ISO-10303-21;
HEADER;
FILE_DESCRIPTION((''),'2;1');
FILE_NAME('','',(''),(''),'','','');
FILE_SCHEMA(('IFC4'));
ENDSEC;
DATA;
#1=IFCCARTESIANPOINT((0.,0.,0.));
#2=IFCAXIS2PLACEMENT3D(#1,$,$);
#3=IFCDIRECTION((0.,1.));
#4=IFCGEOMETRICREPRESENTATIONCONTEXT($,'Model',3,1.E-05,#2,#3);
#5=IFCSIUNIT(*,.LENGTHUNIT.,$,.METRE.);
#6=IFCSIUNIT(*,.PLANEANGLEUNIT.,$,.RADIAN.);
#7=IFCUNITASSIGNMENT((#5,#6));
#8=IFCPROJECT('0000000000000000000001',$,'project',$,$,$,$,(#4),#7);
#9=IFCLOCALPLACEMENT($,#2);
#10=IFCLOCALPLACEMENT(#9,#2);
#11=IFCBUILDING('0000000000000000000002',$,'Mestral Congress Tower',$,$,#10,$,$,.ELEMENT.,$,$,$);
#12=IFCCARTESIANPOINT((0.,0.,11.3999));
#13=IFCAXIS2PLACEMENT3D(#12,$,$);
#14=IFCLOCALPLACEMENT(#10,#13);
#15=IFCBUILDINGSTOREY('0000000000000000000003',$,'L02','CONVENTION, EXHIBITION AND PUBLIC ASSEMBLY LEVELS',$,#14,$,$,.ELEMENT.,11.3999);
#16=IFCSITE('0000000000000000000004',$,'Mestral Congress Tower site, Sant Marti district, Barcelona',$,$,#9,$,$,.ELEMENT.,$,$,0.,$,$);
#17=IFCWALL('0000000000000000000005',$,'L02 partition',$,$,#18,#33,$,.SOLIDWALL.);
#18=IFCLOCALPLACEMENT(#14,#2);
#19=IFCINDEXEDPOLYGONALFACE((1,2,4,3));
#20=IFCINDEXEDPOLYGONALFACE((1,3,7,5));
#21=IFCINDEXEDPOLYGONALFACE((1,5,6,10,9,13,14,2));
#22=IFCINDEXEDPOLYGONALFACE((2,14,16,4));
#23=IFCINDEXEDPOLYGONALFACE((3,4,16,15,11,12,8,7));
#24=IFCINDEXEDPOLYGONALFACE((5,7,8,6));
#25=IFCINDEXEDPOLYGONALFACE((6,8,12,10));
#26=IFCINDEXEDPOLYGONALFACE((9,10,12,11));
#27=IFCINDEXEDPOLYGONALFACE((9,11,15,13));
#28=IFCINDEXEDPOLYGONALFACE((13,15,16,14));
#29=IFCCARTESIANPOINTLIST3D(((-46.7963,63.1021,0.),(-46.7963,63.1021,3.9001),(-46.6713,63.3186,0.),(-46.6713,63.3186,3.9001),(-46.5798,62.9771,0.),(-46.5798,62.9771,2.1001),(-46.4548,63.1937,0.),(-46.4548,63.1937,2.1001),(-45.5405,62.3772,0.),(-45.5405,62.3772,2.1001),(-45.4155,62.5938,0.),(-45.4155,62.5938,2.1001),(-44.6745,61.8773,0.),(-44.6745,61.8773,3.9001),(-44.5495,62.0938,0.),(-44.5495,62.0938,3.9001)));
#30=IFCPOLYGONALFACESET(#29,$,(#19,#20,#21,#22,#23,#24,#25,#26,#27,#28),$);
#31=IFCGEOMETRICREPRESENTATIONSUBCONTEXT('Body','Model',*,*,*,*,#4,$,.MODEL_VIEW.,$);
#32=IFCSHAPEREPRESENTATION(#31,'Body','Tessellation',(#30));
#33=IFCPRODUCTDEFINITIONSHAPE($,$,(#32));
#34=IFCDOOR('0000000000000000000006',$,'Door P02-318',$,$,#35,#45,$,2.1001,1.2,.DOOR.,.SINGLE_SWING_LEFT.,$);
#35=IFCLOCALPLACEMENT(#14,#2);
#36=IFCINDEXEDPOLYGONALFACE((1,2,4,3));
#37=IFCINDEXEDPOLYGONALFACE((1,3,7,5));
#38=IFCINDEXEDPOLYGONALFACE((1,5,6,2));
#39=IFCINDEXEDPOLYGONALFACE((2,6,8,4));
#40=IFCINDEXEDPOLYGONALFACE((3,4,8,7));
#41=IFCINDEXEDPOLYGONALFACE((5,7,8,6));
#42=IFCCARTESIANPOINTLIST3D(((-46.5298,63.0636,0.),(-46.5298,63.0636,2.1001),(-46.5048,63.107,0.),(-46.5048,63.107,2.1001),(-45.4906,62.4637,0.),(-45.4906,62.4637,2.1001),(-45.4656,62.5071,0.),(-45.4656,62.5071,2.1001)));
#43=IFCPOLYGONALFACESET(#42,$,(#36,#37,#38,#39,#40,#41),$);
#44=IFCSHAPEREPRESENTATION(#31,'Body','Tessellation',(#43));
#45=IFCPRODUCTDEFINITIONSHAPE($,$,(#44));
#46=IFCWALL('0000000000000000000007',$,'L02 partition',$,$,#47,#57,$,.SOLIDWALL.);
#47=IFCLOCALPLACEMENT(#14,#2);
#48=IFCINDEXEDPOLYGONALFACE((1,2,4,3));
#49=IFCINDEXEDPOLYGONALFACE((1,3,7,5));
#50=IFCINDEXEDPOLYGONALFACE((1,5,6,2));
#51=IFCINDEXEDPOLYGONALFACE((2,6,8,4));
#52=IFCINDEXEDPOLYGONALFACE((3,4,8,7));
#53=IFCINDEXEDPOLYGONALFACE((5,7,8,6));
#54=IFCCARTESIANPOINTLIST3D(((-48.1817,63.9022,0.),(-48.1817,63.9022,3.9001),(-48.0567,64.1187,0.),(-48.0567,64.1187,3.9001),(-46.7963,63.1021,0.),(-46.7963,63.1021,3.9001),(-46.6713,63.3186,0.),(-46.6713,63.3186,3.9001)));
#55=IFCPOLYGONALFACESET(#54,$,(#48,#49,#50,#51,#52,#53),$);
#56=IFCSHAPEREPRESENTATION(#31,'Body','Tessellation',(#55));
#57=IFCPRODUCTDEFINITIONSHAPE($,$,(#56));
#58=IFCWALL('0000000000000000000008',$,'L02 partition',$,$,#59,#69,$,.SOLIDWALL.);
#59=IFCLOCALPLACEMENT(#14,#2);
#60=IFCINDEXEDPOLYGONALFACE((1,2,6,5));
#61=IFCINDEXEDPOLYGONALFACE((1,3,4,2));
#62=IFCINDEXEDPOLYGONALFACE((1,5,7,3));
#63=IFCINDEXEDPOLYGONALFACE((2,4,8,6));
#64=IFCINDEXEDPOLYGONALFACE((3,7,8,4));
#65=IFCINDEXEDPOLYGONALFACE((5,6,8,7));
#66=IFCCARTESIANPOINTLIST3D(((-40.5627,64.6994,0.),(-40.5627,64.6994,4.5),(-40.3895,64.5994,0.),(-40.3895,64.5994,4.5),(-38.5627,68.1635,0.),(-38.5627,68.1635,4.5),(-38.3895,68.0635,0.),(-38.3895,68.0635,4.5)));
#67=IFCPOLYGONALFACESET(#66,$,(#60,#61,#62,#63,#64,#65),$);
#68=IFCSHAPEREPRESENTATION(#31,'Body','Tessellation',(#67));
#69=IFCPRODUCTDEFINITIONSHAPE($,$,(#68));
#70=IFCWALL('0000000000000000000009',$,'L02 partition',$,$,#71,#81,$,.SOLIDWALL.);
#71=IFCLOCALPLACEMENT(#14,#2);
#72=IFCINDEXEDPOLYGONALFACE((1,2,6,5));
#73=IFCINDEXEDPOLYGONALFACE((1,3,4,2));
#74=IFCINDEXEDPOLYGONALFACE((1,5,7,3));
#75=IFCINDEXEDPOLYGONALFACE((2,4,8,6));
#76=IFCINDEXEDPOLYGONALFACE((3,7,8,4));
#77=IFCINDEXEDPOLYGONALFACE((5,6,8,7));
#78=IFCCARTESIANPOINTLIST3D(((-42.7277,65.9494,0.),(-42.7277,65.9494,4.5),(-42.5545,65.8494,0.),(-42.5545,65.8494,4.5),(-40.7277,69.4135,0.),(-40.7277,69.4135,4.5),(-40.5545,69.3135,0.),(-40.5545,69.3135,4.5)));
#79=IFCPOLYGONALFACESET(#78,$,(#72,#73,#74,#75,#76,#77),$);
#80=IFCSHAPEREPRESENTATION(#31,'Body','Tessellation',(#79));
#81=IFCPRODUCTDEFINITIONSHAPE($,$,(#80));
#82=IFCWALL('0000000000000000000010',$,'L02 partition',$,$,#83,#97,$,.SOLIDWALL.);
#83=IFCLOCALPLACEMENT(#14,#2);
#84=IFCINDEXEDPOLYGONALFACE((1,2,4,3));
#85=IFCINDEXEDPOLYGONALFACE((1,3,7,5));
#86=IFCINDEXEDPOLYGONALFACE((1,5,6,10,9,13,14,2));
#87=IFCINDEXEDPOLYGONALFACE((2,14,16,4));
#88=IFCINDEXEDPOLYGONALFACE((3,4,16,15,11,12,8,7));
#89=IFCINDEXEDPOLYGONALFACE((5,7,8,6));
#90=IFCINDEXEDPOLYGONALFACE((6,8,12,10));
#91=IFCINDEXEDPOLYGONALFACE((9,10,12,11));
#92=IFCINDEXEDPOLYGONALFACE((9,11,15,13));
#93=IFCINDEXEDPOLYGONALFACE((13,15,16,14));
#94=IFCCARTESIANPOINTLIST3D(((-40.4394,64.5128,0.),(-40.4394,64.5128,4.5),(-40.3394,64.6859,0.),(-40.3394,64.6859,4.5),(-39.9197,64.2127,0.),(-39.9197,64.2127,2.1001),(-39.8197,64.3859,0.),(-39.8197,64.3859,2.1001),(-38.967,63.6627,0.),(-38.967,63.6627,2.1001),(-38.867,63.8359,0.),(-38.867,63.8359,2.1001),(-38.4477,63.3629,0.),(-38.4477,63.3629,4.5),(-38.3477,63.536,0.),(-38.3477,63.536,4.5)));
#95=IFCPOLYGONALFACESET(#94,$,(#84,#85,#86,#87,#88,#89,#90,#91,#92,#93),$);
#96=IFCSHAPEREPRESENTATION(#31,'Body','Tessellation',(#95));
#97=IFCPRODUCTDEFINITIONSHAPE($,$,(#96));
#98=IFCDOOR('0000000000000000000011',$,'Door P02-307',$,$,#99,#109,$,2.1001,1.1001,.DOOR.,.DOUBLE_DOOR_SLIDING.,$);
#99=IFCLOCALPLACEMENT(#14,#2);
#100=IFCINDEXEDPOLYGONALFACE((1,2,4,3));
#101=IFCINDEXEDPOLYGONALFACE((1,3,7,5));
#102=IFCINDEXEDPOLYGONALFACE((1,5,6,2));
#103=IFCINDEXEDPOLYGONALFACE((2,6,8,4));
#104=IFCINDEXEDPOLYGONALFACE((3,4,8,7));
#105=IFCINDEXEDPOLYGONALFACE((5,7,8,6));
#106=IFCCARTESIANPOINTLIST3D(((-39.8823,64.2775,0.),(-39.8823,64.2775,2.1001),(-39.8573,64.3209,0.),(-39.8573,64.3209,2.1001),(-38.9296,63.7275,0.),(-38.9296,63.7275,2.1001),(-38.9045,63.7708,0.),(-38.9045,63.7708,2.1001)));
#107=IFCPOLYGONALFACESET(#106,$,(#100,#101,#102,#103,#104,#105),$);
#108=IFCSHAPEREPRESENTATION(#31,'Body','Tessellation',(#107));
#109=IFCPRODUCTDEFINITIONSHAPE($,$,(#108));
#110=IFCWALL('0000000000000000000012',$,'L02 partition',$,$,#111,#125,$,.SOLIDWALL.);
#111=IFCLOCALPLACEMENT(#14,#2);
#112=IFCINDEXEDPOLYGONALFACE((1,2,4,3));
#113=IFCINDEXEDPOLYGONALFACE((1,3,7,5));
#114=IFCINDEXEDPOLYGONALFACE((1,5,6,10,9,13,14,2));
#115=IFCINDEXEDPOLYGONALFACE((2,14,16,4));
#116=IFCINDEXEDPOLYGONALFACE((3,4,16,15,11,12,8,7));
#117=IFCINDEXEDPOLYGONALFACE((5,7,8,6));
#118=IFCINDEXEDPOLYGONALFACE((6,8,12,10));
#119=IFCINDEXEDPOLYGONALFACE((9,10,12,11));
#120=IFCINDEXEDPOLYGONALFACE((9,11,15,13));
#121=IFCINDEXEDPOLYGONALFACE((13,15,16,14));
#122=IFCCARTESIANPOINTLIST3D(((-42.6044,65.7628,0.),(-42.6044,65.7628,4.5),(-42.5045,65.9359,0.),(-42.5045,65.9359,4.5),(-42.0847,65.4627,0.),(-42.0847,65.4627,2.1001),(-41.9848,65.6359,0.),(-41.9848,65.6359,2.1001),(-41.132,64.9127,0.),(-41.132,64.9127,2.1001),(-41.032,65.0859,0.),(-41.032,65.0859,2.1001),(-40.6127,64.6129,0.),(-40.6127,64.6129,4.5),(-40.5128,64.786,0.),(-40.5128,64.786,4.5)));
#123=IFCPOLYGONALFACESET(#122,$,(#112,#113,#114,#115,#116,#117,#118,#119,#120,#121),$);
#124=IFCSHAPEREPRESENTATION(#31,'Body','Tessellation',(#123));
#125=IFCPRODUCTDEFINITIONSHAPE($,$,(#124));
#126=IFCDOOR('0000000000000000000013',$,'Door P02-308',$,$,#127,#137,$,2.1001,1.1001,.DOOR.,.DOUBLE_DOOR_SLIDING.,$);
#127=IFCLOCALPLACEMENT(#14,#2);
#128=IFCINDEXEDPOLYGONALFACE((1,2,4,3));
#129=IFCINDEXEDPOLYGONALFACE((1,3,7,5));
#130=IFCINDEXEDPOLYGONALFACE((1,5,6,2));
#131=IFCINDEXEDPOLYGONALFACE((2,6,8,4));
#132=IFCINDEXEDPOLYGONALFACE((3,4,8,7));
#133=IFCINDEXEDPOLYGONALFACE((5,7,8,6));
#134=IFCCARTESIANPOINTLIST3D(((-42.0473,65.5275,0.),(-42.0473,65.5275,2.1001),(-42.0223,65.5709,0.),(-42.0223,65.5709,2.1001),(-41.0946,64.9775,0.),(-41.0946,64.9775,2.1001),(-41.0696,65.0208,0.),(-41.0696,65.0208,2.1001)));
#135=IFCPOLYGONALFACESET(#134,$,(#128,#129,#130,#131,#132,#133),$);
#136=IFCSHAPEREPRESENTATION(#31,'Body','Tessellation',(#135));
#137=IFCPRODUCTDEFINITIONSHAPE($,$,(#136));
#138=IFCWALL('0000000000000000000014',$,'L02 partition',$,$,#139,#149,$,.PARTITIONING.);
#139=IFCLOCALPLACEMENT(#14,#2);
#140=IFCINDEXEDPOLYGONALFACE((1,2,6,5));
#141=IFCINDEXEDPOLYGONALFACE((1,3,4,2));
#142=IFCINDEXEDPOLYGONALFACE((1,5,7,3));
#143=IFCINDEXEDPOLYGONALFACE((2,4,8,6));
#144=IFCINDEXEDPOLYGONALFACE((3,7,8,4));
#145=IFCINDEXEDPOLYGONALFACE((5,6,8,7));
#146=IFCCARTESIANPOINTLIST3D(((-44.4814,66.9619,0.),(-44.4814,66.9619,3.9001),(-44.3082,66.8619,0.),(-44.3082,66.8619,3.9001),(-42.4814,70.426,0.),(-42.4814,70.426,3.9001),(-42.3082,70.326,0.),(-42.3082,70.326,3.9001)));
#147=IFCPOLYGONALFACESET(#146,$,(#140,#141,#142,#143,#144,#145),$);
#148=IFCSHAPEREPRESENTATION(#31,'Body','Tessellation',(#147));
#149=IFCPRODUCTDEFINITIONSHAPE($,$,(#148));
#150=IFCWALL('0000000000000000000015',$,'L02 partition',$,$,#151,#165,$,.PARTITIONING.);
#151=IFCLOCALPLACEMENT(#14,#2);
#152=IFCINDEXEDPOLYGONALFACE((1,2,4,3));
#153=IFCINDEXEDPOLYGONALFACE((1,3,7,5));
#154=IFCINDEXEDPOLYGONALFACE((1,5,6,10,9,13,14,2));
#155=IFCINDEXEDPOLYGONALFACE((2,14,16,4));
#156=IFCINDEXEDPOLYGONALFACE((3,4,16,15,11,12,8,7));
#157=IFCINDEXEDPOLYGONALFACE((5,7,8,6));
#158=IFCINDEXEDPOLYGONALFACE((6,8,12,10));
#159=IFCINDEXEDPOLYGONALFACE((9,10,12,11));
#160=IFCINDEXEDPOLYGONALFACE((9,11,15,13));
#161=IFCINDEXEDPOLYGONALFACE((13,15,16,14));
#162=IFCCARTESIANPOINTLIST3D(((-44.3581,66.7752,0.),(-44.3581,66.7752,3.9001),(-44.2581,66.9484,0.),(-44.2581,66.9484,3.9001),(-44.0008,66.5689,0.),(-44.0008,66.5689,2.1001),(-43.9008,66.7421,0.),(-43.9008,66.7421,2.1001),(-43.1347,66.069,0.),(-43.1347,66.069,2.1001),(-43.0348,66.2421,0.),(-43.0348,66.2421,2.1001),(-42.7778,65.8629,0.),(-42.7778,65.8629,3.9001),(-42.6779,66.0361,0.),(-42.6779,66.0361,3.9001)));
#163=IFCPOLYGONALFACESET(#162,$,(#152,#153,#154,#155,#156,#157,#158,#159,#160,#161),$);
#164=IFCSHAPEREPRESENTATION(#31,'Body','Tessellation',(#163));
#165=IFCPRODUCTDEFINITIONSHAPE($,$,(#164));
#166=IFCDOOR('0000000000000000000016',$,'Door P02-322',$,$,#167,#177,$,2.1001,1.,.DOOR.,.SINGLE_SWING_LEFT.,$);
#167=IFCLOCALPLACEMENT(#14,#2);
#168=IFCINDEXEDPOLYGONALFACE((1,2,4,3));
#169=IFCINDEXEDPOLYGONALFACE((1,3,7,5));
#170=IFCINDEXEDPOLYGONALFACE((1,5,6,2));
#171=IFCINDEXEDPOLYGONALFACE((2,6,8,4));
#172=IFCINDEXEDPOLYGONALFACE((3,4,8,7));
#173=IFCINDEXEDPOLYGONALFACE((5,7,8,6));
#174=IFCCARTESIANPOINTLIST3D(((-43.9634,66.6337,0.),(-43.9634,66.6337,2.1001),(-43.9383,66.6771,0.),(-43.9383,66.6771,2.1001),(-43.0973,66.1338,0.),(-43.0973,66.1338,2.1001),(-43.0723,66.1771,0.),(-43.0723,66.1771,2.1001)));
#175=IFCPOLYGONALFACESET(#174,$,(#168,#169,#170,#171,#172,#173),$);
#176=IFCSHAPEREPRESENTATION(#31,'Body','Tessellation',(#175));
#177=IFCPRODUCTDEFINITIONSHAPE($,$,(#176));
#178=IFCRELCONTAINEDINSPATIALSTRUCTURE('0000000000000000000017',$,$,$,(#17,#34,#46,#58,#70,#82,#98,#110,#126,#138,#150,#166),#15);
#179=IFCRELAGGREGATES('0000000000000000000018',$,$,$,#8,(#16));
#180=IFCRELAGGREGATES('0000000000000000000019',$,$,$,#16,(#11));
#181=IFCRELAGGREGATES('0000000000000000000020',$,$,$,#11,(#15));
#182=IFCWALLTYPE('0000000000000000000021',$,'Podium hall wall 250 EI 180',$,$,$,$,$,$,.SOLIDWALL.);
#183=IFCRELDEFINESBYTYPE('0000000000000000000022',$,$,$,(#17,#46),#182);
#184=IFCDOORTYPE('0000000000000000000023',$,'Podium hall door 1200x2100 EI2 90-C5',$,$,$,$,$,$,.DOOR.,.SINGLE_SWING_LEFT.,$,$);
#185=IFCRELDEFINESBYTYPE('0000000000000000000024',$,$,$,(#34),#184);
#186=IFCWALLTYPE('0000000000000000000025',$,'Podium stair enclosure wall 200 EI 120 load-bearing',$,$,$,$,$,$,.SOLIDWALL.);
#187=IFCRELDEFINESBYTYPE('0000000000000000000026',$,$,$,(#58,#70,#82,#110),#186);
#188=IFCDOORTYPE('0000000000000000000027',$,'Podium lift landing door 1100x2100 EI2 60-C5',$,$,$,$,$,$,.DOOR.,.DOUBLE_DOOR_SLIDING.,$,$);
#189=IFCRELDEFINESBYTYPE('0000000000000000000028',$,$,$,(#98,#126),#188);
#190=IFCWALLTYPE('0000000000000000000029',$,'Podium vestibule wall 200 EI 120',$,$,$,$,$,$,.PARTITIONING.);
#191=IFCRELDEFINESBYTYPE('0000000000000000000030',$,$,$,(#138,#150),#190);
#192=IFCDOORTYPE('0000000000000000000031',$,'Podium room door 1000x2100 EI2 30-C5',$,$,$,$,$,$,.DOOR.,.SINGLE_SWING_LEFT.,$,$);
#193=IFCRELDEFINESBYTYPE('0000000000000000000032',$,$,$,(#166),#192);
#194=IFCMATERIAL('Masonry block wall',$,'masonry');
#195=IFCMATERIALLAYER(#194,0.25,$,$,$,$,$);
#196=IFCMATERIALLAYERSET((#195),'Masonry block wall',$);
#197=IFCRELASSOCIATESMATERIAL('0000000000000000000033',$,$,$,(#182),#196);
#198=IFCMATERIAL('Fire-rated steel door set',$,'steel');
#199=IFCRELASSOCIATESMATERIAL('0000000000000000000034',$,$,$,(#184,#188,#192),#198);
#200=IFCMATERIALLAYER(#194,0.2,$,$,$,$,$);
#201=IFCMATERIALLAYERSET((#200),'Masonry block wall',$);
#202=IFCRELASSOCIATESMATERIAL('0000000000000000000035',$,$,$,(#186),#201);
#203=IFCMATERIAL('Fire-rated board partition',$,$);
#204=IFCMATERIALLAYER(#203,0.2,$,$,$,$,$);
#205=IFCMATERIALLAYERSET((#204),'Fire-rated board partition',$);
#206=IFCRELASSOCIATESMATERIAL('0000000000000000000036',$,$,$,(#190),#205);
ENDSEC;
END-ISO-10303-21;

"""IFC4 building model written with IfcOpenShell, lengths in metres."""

from ifc_helpers import new_model, si_unit, direction, frame, frame_2d, origin, place, context, subcontext, project, spatial, rectangle, extrude, material, layer, layer_set, type_object, element, fill, save


model = new_model("IFC4")

# Units and contexts
model_context = context("Model", 3, precision=1e-05, world=origin(), true_north=direction((0.0, 1.0)))
body_context = subcontext(model_context, "Body", "Model", "MODEL_VIEW")
ifc_project = project(units=[si_unit("LENGTHUNIT", "METRE"), si_unit("PLANEANGLEUNIT", "RADIAN")], contexts=[model_context])

# Site, building, storey
site_placement = place(None, origin())
site = spatial("IfcSite", under=ifc_project, at=site_placement, Name="Mestral Congress Tower site, Sant Marti district, Barcelona", CompositionType="ELEMENT", RefElevation=0.0)
building_placement = place(site_placement, origin())
building = spatial("IfcBuilding", under=site, at=building_placement, Name="Mestral Congress Tower", CompositionType="ELEMENT")
storey_placement = place(building_placement, frame((0.0, 0.0, 11.3999)))
storey = spatial("IfcBuildingStorey", under=building, at=storey_placement, Name="L02", Description="CONVENTION, EXHIBITION AND PUBLIC ASSEMBLY LEVELS", CompositionType="ELEMENT", Elevation=11.3999)

# Wall, opening, door
ifc_material_1 = material(Name="Masonry block wall", Category="masonry")
ifc_layer_1 = layer(ifc_material_1, 0.25)
ifc_layer_set_1 = layer_set([ifc_layer_1], Name="Masonry block wall")
wall_type_1 = type_object("IfcWallType", Name="Podium hall wall 250 EI 180", PredefinedType="SOLIDWALL", material=ifc_layer_set_1)
wall_1_placement = place(storey_placement, frame((-46.7339, 63.2104, 0.0), z_axis=(0.0, 0.0, 1.0), x_axis=(0.866058, -0.499944, 0.0)))
wall_1 = element("IfcWall", 1, at=wall_1_placement, inside=storey, type_object=wall_type_1, Name="L02 partition", PredefinedType="SOLIDWALL", context=body_context, shape_type="SweptSolid", body=[
    extrude(rectangle(XDim=2.45, YDim=0.25, at=frame_2d((1.2251, 0.0))), origin(), (0.0, 0.0, 1.0), 3.9001),
])
opening_1_placement = place(wall_1_placement, frame((0.25, 0.0, 0.0)))
opening_1 = element("IfcOpeningElement", 2, at=opening_1_placement, cuts=wall_1, PredefinedType="OPENING", context=body_context, shape_type="SweptSolid", body=[
    extrude(rectangle(XDim=1.2, YDim=2.1001, at=frame_2d((0.6001, 1.05))), frame((0.0, 0.135, 0.0), z_axis=(0.0, -1.0, 0.0), x_axis=(1.0, 0.0, 0.0)), (0.0, 0.0, 1.0), 0.27),
])
ifc_material_2 = material(Name="Fire-rated steel door set", Category="steel")
door_type_1 = type_object("IfcDoorType", Name="Podium hall door 1200x2100 EI2 90-C5", OperationType="SINGLE_SWING_LEFT", PredefinedType="DOOR", material=ifc_material_2)
door_1_placement = place(opening_1_placement, origin())
door_1 = element("IfcDoor", 3, at=door_1_placement, inside=storey, type_object=door_type_1, Name="Door P02-318", OperationType="SINGLE_SWING_LEFT", OverallHeight=2.1001, OverallWidth=1.2, PredefinedType="DOOR", context=body_context, shape_type="SweptSolid", body=[
    extrude(rectangle(XDim=1.2, YDim=2.1001, at=frame_2d((0.6001, 1.05))), frame((0.0, 0.0249, 0.0), z_axis=(0.0, -1.0, 0.0), x_axis=(1.0, 0.0, 0.0)), (0.0, 0.0, 1.0), 0.05),
])
fill(opening_1, door_1)

# Walls
wall_2_placement = place(storey_placement, frame((-46.7339, 63.2104, 0.0), z_axis=(0.0, 0.0, 1.0), x_axis=(-0.86599, 0.500061, 0.0)))
element("IfcWall", 4, at=wall_2_placement, inside=storey, type_object=wall_type_1, Name="L02 partition", PredefinedType="SOLIDWALL", context=body_context, shape_type="SweptSolid", body=[
    extrude(rectangle(XDim=1.5999, YDim=0.25, at=frame_2d((0.7998, 0.0))), origin(), (0.0, 0.0, 1.0), 3.9001),
])
ifc_layer_2 = layer(ifc_material_1, 0.2)
ifc_layer_set_2 = layer_set([ifc_layer_2], Name="Masonry block wall")
wall_type_2 = type_object("IfcWallType", Name="Podium stair enclosure wall 200 EI 120 load-bearing", PredefinedType="SOLIDWALL", material=ifc_layer_set_2)
for number, where, z_axis, x_axis, name in (
    (5, (-38.4761, 68.1135, 0.0), (0.0, 0.0, 1.0), (-0.499999, -0.866026, 0.0), "L02 partition"),
    (6, (-40.6411, 69.3635, 0.0), (0.0, 0.0, 1.0), (-0.499999, -0.866026, 0.0), "L02 partition"),
):
    element("IfcWall", number, at=place(storey_placement, frame(where, z_axis=z_axis, x_axis=x_axis)), inside=storey, type_object=wall_type_2, Name=name, PredefinedType="SOLIDWALL", context=body_context, shape_type="SweptSolid", body=[
        extrude(rectangle(XDim=4.0, YDim=0.2, at=frame_2d((2.0, 0.0))), origin(), (0.0, 0.0, 1.0), 4.5),
    ])

# Walls, openings, doors
wall_3_placement = place(storey_placement, frame((-40.3894, 64.5994, 0.0), z_axis=(0.0, 0.0, 1.0), x_axis=(0.866026, -0.499998, 0.0)))
wall_3 = element("IfcWall", 7, at=wall_3_placement, inside=storey, type_object=wall_type_2, Name="L02 partition", PredefinedType="SOLIDWALL", context=body_context, shape_type="SweptSolid", body=[
    extrude(rectangle(XDim=2.2998, YDim=0.2, at=frame_2d((1.1499, 0.0))), origin(), (0.0, 0.0, 1.0), 4.5),
])
opening_2_placement = place(wall_3_placement, frame((0.6001, 0.0, 0.0)))
opening_2 = element("IfcOpeningElement", 8, at=opening_2_placement, cuts=wall_3, PredefinedType="OPENING", context=body_context, shape_type="SweptSolid", body=[
    extrude(rectangle(XDim=1.1001, YDim=2.1001, at=frame_2d((0.55, 1.05))), frame((0.0, 0.1099, 0.0), z_axis=(0.0, -1.0, 0.0), x_axis=(1.0, 0.0, 0.0)), (0.0, 0.0, 1.0), 0.22),
])
door_type_2 = type_object("IfcDoorType", Name="Podium lift landing door 1100x2100 EI2 60-C5", OperationType="DOUBLE_DOOR_SLIDING", PredefinedType="DOOR", material=ifc_material_2)
door_2_placement = place(opening_2_placement, origin())
door_2 = element("IfcDoor", 9, at=door_2_placement, inside=storey, type_object=door_type_2, Name="Door P02-307", OperationType="DOUBLE_DOOR_SLIDING", OverallHeight=2.1001, OverallWidth=1.1001, PredefinedType="DOOR", context=body_context, shape_type="SweptSolid", body=[
    extrude(rectangle(XDim=1.1001, YDim=2.1001, at=frame_2d((0.55, 1.05))), frame((0.0, 0.0249, 0.0), z_axis=(0.0, -1.0, 0.0), x_axis=(1.0, 0.0, 0.0)), (0.0, 0.0, 1.0), 0.05),
])
fill(opening_2, door_2)
wall_4_placement = place(storey_placement, frame((-42.5544, 65.8494, 0.0), z_axis=(0.0, 0.0, 1.0), x_axis=(0.866026, -0.499998, 0.0)))
wall_4 = element("IfcWall", 10, at=wall_4_placement, inside=storey, type_object=wall_type_2, Name="L02 partition", PredefinedType="SOLIDWALL", context=body_context, shape_type="SweptSolid", body=[
    extrude(rectangle(XDim=2.2998, YDim=0.2, at=frame_2d((1.1499, 0.0))), origin(), (0.0, 0.0, 1.0), 4.5),
])
opening_3_placement = place(wall_4_placement, frame((0.6001, 0.0, 0.0)))
opening_3 = element("IfcOpeningElement", 11, at=opening_3_placement, cuts=wall_4, PredefinedType="OPENING", context=body_context, shape_type="SweptSolid", body=[
    extrude(rectangle(XDim=1.1001, YDim=2.1001, at=frame_2d((0.55, 1.05))), frame((0.0, 0.1099, 0.0), z_axis=(0.0, -1.0, 0.0), x_axis=(1.0, 0.0, 0.0)), (0.0, 0.0, 1.0), 0.22),
])
door_3_placement = place(opening_3_placement, origin())
door_3 = element("IfcDoor", 12, at=door_3_placement, inside=storey, type_object=door_type_2, Name="Door P02-308", OperationType="DOUBLE_DOOR_SLIDING", OverallHeight=2.1001, OverallWidth=1.1001, PredefinedType="DOOR", context=body_context, shape_type="SweptSolid", body=[
    extrude(rectangle(XDim=1.1001, YDim=2.1001, at=frame_2d((0.55, 1.05))), frame((0.0, 0.0249, 0.0), z_axis=(0.0, -1.0, 0.0), x_axis=(1.0, 0.0, 0.0)), (0.0, 0.0, 1.0), 0.05),
])
fill(opening_3, door_3)

# Wall
ifc_material_3 = material(Name="Fire-rated board partition")
ifc_layer_3 = layer(ifc_material_3, 0.2)
ifc_layer_set_3 = layer_set([ifc_layer_3], Name="Fire-rated board partition")
wall_type_3 = type_object("IfcWallType", Name="Podium vestibule wall 200 EI 120", PredefinedType="PARTITIONING", material=ifc_layer_set_3)
wall_5_placement = place(storey_placement, frame((-42.3948, 70.376, 0.0), z_axis=(0.0, 0.0, 1.0), x_axis=(-0.499999, -0.866026, 0.0)))
element("IfcWall", 13, at=wall_5_placement, inside=storey, type_object=wall_type_3, Name="L02 partition", PredefinedType="PARTITIONING", context=body_context, shape_type="SweptSolid", body=[
    extrude(rectangle(XDim=4.0, YDim=0.2, at=frame_2d((2.0, 0.0))), origin(), (0.0, 0.0, 1.0), 3.9001),
])

# Wall, opening, door
wall_6_placement = place(storey_placement, frame((-44.3081, 66.8618, 0.0), z_axis=(0.0, 0.0, 1.0), x_axis=(0.866036, -0.499981, 0.0)))
wall_6 = element("IfcWall", 14, at=wall_6_placement, inside=storey, type_object=wall_type_3, Name="L02 partition", PredefinedType="PARTITIONING", context=body_context, shape_type="SweptSolid", body=[
    extrude(rectangle(XDim=1.8247, YDim=0.2, at=frame_2d((0.9124, 0.0))), origin(), (0.0, 0.0, 1.0), 3.9001),
])
opening_4_placement = place(wall_6_placement, frame((0.4126, 0.0, 0.0)))
opening_4 = element("IfcOpeningElement", 15, at=opening_4_placement, cuts=wall_6, PredefinedType="OPENING", context=body_context, shape_type="SweptSolid", body=[
    extrude(rectangle(XDim=1.0, YDim=2.1001, at=frame_2d((0.5, 1.05))), frame((0.0, 0.1099, 0.0), z_axis=(0.0, -1.0, 0.0), x_axis=(1.0, 0.0, 0.0)), (0.0, 0.0, 1.0), 0.22),
])
door_type_3 = type_object("IfcDoorType", Name="Podium room door 1000x2100 EI2 30-C5", OperationType="SINGLE_SWING_LEFT", PredefinedType="DOOR", material=ifc_material_2)
door_4_placement = place(opening_4_placement, origin())
door_4 = element("IfcDoor", 16, at=door_4_placement, inside=storey, type_object=door_type_3, Name="Door P02-322", OperationType="SINGLE_SWING_LEFT", OverallHeight=2.1001, OverallWidth=1.0, PredefinedType="DOOR", context=body_context, shape_type="SweptSolid", body=[
    extrude(rectangle(XDim=1.0, YDim=2.1001, at=frame_2d((0.5, 1.05))), frame((0.0, 0.0249, 0.0), z_axis=(0.0, -1.0, 0.0), x_axis=(1.0, 0.0, 0.0)), (0.0, 0.0, 1.0), 0.05),
])
fill(opening_4, door_4)

save(model, "model.ifc")
